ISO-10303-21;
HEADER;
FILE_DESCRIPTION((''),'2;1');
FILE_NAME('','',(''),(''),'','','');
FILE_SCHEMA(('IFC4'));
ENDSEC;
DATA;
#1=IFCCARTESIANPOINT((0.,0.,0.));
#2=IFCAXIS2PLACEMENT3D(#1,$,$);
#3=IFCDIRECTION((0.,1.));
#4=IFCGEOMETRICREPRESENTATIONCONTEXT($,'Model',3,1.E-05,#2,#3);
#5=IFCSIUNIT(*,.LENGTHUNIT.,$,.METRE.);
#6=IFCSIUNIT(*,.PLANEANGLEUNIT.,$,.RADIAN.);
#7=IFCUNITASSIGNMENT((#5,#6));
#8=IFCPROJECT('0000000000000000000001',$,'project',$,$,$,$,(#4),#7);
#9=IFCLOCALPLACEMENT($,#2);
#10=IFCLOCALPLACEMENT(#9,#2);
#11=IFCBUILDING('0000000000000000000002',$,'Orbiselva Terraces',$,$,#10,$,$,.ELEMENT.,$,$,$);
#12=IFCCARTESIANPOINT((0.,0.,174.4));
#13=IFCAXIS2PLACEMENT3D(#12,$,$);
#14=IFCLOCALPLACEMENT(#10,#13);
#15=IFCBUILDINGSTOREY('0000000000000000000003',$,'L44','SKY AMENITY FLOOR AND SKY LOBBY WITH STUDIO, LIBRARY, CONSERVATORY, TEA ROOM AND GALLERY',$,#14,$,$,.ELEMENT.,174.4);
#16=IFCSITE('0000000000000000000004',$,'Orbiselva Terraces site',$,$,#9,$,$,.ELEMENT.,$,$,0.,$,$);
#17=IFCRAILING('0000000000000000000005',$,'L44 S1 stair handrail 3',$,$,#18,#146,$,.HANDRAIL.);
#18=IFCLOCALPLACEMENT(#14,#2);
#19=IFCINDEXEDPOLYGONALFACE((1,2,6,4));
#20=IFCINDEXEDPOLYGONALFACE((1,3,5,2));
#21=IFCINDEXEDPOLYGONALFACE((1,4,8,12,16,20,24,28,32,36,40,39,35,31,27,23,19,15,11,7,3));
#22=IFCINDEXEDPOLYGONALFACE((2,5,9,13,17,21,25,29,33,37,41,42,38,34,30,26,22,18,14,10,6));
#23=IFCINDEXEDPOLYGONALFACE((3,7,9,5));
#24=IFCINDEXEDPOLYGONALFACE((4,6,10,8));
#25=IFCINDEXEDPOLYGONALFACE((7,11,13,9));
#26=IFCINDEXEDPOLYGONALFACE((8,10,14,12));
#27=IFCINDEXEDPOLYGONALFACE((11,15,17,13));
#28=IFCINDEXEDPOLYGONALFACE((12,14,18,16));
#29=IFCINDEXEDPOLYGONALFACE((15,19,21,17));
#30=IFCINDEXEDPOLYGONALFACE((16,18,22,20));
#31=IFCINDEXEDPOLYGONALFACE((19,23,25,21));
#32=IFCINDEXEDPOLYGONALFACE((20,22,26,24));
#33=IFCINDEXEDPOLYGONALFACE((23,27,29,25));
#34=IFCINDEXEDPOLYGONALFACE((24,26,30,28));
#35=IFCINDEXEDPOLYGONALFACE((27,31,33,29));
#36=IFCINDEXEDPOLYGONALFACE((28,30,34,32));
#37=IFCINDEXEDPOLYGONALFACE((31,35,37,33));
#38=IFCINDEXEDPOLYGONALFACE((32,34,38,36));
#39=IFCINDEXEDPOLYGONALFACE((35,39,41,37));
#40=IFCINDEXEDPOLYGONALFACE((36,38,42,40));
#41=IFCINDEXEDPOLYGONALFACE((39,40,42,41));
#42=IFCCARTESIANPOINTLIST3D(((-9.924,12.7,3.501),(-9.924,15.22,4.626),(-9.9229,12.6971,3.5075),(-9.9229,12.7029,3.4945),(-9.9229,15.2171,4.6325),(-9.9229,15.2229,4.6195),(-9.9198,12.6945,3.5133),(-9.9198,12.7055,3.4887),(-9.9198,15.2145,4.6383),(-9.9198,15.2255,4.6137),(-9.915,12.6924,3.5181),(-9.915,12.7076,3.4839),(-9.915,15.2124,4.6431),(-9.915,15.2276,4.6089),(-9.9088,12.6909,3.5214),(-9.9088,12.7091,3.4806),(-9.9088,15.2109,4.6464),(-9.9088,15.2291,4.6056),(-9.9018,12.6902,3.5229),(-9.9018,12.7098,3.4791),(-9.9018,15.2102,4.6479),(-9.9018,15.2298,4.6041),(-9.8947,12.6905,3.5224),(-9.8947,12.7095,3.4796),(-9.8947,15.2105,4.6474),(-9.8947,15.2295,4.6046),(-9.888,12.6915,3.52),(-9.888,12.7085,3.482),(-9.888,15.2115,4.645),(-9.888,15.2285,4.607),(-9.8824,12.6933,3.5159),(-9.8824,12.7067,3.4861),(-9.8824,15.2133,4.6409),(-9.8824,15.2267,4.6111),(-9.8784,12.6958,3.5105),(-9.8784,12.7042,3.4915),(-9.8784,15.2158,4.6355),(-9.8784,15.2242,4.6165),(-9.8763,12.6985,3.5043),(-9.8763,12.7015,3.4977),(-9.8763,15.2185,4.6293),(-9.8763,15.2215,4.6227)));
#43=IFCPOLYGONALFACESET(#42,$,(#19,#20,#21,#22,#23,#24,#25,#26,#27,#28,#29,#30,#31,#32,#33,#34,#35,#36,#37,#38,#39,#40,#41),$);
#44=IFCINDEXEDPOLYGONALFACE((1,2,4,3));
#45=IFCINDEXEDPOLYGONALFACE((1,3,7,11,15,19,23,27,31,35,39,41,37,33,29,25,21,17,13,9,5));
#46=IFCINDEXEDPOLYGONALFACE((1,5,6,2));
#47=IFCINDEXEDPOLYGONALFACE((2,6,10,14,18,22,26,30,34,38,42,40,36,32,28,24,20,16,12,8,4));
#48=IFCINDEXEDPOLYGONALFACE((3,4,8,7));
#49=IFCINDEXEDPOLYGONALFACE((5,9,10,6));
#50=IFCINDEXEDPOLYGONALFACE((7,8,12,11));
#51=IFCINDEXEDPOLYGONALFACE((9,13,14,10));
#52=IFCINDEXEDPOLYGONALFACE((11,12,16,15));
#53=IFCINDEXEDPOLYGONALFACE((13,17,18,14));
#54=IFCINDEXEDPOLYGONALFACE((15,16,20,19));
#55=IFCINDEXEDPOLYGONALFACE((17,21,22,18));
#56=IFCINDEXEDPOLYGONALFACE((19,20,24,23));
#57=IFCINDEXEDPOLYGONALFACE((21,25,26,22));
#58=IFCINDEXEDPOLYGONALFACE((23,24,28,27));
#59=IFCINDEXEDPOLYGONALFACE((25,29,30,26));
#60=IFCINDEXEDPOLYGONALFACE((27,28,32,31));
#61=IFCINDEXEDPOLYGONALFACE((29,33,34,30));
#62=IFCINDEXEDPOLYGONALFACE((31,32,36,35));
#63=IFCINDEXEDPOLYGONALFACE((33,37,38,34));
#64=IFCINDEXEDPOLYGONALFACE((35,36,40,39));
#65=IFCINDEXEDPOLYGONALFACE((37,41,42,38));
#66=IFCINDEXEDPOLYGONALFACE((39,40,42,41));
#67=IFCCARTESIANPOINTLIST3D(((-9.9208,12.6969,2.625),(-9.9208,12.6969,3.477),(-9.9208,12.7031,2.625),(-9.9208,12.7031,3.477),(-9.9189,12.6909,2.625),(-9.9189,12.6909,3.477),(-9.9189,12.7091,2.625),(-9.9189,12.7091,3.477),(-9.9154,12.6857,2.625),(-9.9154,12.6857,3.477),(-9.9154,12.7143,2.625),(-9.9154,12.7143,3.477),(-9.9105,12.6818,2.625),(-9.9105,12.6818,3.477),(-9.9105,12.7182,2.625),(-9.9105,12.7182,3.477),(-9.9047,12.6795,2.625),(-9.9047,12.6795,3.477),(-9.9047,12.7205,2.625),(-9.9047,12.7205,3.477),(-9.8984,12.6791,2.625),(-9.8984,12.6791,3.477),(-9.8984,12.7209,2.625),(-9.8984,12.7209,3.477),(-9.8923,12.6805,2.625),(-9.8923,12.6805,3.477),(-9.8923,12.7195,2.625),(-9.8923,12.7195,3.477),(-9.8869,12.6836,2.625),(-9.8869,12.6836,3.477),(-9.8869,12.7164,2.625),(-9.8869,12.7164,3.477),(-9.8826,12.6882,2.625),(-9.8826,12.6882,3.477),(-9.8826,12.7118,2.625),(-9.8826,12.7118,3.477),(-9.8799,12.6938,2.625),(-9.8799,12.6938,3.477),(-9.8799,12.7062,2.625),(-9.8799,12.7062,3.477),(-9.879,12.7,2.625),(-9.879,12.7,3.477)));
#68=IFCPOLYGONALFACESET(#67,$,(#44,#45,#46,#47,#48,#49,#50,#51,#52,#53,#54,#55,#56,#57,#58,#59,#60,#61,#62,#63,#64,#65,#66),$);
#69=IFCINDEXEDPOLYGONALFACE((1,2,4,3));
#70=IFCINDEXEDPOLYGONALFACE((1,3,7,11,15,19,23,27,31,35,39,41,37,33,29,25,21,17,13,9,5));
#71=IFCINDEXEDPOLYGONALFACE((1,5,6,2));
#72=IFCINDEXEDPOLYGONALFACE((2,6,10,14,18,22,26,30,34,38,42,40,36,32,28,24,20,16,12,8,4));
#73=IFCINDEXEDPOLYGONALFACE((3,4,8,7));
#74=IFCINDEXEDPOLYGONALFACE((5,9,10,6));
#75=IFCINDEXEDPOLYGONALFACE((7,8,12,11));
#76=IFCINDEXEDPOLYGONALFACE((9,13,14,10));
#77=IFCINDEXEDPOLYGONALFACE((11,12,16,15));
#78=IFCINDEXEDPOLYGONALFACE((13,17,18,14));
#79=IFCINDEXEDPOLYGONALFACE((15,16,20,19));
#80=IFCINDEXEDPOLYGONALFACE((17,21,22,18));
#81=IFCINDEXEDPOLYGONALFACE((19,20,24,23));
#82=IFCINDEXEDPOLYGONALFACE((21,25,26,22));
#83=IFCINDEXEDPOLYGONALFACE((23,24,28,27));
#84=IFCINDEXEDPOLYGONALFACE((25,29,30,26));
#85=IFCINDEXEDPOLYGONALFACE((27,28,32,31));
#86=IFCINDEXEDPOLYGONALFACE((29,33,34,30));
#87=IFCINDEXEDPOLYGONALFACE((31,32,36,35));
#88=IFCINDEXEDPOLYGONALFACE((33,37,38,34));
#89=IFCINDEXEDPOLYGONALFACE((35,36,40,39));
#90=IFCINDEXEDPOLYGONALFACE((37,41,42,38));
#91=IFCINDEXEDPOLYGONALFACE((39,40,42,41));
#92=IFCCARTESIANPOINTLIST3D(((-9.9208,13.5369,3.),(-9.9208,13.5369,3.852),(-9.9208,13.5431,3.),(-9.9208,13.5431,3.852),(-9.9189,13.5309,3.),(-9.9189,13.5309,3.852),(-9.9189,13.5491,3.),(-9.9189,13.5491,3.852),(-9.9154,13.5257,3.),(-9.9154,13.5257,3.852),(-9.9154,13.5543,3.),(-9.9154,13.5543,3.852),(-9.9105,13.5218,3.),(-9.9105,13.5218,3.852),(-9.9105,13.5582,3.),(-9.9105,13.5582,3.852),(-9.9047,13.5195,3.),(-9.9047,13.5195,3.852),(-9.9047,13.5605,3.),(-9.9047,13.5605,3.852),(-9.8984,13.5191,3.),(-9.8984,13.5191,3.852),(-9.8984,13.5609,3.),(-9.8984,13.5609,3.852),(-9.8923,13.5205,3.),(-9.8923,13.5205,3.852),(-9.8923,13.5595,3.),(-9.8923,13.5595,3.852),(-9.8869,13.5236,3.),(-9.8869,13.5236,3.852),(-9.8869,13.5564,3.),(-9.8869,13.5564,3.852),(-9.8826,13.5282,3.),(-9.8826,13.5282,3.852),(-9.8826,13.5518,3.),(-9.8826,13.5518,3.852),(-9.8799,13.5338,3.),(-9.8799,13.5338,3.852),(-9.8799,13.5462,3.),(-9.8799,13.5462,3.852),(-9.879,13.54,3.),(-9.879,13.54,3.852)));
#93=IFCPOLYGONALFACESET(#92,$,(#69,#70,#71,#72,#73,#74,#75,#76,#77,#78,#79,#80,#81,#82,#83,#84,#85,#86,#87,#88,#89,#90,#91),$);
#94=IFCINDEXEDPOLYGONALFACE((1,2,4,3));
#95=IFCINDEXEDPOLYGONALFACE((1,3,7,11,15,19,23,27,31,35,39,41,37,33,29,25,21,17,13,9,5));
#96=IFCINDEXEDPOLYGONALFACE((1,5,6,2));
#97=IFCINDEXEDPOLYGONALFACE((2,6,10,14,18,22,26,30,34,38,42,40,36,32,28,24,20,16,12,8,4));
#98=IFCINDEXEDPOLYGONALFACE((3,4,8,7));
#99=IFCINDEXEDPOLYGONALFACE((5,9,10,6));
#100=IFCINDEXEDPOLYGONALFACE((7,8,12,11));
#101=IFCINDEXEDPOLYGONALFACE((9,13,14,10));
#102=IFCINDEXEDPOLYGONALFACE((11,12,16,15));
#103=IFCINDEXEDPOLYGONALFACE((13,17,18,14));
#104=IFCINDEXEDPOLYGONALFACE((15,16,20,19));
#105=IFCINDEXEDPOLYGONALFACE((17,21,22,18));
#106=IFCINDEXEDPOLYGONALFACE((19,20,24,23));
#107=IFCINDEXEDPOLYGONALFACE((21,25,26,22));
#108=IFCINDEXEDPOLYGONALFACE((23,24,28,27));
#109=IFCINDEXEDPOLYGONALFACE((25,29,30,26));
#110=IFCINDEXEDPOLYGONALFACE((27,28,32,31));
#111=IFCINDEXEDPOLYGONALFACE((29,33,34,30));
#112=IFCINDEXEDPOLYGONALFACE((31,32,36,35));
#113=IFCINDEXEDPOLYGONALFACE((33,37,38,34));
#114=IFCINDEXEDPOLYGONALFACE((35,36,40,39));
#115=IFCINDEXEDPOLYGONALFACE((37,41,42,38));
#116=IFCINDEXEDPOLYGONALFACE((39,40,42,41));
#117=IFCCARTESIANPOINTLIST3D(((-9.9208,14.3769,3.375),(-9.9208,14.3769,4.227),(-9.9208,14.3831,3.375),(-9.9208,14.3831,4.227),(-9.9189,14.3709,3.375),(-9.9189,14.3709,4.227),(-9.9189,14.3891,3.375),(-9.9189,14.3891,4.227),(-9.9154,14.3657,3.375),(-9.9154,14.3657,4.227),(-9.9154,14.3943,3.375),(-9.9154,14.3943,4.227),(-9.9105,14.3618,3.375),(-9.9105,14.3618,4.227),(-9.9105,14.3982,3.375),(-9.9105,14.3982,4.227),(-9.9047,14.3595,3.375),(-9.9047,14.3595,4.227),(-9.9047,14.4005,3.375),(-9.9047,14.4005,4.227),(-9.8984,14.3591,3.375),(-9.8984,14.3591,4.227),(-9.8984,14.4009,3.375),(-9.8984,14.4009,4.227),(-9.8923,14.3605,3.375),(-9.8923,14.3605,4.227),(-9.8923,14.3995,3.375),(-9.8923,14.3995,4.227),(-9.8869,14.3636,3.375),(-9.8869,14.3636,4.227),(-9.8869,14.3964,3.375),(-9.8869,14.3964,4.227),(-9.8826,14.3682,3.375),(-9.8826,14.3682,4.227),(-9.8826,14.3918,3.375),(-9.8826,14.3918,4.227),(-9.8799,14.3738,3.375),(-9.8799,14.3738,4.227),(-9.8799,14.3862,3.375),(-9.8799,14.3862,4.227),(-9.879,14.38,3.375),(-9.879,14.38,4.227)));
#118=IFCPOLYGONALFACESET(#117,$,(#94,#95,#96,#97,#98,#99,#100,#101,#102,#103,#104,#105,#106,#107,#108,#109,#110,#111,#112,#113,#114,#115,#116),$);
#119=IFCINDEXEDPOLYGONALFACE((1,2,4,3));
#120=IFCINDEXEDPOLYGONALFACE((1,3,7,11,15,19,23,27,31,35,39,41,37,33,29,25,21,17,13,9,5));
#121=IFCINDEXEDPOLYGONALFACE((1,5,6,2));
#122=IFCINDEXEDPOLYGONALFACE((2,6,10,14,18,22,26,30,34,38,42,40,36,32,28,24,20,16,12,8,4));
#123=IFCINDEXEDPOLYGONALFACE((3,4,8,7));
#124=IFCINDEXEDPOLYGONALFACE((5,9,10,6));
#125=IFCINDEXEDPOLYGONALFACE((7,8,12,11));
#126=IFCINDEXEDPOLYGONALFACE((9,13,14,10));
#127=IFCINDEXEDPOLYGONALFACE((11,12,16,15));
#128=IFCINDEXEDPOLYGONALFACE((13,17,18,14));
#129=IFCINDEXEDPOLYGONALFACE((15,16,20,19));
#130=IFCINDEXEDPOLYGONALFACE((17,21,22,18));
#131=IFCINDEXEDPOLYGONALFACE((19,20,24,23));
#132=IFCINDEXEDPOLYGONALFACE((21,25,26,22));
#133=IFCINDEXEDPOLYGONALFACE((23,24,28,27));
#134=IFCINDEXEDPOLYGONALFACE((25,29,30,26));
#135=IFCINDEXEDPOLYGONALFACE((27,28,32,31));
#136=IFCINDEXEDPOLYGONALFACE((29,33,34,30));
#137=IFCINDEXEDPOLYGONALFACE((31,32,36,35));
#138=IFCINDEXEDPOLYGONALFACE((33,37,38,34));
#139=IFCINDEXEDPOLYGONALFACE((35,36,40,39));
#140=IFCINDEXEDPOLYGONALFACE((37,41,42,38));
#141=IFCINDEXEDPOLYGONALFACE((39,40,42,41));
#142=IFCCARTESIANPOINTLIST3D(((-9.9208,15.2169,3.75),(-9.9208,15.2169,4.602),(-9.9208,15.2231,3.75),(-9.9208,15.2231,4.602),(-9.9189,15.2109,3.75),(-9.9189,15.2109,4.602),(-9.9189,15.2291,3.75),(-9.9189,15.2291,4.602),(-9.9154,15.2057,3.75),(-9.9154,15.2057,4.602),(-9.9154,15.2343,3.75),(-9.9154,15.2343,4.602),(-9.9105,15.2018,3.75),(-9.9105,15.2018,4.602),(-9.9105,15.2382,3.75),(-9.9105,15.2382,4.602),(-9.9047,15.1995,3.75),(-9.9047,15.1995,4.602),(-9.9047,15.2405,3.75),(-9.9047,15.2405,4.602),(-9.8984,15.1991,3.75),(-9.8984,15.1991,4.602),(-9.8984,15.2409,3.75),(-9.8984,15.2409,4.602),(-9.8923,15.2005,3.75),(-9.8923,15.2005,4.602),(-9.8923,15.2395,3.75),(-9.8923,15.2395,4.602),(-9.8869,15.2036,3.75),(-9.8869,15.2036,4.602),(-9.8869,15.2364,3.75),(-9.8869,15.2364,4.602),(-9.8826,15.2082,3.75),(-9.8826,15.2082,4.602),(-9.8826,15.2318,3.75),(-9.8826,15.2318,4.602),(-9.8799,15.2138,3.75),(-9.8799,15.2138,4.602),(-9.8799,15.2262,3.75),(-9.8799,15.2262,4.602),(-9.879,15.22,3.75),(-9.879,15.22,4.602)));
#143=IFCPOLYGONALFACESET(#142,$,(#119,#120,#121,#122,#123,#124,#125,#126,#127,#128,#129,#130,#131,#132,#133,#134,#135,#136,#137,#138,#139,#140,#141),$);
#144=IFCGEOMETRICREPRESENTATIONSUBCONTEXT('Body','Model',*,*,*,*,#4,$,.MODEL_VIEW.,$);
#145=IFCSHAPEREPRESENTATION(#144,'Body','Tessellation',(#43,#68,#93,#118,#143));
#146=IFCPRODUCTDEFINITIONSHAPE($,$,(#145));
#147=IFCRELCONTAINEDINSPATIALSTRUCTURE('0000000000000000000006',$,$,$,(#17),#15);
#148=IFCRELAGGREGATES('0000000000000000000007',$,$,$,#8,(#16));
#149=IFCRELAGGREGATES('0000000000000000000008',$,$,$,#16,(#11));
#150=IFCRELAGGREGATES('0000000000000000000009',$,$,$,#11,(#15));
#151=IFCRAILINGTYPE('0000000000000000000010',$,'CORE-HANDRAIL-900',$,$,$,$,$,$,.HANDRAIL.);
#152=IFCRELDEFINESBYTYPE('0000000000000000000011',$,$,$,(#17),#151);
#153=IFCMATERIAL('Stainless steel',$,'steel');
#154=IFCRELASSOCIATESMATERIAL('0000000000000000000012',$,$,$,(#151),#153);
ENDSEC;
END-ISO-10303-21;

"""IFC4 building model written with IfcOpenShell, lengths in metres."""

from ifc_helpers import new_model, si_unit, direction, frame, origin, origin_2d, place, context, subcontext, project, spatial, circle, extrude, material, type_object, element, save


model = new_model("IFC4")

# Units and contexts
model_context = context("Model", 3, precision=1e-05, world=origin(), true_north=direction((0.0, 1.0)))
body_context = subcontext(model_context, "Body", "Model", "MODEL_VIEW")
ifc_project = project(units=[si_unit("LENGTHUNIT", "METRE"), si_unit("PLANEANGLEUNIT", "RADIAN")], contexts=[model_context])

# Site, building, storey
site_placement = place(None, origin())
site = spatial("IfcSite", under=ifc_project, at=site_placement, Name="Orbiselva Terraces site", CompositionType="ELEMENT", RefElevation=0.0)
building_placement = place(site_placement, origin())
building = spatial("IfcBuilding", under=site, at=building_placement, Name="Orbiselva Terraces", CompositionType="ELEMENT")
storey_placement = place(building_placement, frame((0.0, 0.0, 174.4)))
storey = spatial("IfcBuildingStorey", under=building, at=storey_placement, Name="L44", Description="SKY AMENITY FLOOR AND SKY LOBBY WITH STUDIO, LIBRARY, CONSERVATORY, TEA ROOM AND GALLERY", CompositionType="ELEMENT", Elevation=174.4)

# Railing
ifc_material_1 = material(Name="Stainless steel", Category="steel")
railing_type_1 = type_object("IfcRailingType", Name="CORE-HANDRAIL-900", PredefinedType="HANDRAIL", material=ifc_material_1)
railing_1_placement = place(storey_placement, frame((-9.9, 12.7, 2.625)))
element("IfcRailing", 1, at=railing_1_placement, inside=storey, type_object=railing_type_1, Name="L44 S1 stair handrail 3", PredefinedType="HANDRAIL", context=body_context, shape_type="SweptSolid", body=[
    extrude(circle(Radius=0.024, at=origin_2d()), frame((0.0, 0.0, 0.876), z_axis=(0.0, 0.913138, 0.407651), x_axis=(-1.0, 0.0, 0.0)), (0.0, 0.0, 1.0), 2.7597),
    extrude(circle(Radius=0.021, at=origin_2d()), origin(), (0.0, 0.0, 1.0), 0.852),
    extrude(circle(Radius=0.021, at=origin_2d()), frame((0.0, 0.84, 0.375)), (0.0, 0.0, 1.0), 0.852),
    extrude(circle(Radius=0.021, at=origin_2d()), frame((0.0, 1.68, 0.75)), (0.0, 0.0, 1.0), 0.852),
    extrude(circle(Radius=0.021, at=origin_2d()), frame((0.0, 2.52, 1.125)), (0.0, 0.0, 1.0), 0.852),
])

save(model, "model.ifc")
